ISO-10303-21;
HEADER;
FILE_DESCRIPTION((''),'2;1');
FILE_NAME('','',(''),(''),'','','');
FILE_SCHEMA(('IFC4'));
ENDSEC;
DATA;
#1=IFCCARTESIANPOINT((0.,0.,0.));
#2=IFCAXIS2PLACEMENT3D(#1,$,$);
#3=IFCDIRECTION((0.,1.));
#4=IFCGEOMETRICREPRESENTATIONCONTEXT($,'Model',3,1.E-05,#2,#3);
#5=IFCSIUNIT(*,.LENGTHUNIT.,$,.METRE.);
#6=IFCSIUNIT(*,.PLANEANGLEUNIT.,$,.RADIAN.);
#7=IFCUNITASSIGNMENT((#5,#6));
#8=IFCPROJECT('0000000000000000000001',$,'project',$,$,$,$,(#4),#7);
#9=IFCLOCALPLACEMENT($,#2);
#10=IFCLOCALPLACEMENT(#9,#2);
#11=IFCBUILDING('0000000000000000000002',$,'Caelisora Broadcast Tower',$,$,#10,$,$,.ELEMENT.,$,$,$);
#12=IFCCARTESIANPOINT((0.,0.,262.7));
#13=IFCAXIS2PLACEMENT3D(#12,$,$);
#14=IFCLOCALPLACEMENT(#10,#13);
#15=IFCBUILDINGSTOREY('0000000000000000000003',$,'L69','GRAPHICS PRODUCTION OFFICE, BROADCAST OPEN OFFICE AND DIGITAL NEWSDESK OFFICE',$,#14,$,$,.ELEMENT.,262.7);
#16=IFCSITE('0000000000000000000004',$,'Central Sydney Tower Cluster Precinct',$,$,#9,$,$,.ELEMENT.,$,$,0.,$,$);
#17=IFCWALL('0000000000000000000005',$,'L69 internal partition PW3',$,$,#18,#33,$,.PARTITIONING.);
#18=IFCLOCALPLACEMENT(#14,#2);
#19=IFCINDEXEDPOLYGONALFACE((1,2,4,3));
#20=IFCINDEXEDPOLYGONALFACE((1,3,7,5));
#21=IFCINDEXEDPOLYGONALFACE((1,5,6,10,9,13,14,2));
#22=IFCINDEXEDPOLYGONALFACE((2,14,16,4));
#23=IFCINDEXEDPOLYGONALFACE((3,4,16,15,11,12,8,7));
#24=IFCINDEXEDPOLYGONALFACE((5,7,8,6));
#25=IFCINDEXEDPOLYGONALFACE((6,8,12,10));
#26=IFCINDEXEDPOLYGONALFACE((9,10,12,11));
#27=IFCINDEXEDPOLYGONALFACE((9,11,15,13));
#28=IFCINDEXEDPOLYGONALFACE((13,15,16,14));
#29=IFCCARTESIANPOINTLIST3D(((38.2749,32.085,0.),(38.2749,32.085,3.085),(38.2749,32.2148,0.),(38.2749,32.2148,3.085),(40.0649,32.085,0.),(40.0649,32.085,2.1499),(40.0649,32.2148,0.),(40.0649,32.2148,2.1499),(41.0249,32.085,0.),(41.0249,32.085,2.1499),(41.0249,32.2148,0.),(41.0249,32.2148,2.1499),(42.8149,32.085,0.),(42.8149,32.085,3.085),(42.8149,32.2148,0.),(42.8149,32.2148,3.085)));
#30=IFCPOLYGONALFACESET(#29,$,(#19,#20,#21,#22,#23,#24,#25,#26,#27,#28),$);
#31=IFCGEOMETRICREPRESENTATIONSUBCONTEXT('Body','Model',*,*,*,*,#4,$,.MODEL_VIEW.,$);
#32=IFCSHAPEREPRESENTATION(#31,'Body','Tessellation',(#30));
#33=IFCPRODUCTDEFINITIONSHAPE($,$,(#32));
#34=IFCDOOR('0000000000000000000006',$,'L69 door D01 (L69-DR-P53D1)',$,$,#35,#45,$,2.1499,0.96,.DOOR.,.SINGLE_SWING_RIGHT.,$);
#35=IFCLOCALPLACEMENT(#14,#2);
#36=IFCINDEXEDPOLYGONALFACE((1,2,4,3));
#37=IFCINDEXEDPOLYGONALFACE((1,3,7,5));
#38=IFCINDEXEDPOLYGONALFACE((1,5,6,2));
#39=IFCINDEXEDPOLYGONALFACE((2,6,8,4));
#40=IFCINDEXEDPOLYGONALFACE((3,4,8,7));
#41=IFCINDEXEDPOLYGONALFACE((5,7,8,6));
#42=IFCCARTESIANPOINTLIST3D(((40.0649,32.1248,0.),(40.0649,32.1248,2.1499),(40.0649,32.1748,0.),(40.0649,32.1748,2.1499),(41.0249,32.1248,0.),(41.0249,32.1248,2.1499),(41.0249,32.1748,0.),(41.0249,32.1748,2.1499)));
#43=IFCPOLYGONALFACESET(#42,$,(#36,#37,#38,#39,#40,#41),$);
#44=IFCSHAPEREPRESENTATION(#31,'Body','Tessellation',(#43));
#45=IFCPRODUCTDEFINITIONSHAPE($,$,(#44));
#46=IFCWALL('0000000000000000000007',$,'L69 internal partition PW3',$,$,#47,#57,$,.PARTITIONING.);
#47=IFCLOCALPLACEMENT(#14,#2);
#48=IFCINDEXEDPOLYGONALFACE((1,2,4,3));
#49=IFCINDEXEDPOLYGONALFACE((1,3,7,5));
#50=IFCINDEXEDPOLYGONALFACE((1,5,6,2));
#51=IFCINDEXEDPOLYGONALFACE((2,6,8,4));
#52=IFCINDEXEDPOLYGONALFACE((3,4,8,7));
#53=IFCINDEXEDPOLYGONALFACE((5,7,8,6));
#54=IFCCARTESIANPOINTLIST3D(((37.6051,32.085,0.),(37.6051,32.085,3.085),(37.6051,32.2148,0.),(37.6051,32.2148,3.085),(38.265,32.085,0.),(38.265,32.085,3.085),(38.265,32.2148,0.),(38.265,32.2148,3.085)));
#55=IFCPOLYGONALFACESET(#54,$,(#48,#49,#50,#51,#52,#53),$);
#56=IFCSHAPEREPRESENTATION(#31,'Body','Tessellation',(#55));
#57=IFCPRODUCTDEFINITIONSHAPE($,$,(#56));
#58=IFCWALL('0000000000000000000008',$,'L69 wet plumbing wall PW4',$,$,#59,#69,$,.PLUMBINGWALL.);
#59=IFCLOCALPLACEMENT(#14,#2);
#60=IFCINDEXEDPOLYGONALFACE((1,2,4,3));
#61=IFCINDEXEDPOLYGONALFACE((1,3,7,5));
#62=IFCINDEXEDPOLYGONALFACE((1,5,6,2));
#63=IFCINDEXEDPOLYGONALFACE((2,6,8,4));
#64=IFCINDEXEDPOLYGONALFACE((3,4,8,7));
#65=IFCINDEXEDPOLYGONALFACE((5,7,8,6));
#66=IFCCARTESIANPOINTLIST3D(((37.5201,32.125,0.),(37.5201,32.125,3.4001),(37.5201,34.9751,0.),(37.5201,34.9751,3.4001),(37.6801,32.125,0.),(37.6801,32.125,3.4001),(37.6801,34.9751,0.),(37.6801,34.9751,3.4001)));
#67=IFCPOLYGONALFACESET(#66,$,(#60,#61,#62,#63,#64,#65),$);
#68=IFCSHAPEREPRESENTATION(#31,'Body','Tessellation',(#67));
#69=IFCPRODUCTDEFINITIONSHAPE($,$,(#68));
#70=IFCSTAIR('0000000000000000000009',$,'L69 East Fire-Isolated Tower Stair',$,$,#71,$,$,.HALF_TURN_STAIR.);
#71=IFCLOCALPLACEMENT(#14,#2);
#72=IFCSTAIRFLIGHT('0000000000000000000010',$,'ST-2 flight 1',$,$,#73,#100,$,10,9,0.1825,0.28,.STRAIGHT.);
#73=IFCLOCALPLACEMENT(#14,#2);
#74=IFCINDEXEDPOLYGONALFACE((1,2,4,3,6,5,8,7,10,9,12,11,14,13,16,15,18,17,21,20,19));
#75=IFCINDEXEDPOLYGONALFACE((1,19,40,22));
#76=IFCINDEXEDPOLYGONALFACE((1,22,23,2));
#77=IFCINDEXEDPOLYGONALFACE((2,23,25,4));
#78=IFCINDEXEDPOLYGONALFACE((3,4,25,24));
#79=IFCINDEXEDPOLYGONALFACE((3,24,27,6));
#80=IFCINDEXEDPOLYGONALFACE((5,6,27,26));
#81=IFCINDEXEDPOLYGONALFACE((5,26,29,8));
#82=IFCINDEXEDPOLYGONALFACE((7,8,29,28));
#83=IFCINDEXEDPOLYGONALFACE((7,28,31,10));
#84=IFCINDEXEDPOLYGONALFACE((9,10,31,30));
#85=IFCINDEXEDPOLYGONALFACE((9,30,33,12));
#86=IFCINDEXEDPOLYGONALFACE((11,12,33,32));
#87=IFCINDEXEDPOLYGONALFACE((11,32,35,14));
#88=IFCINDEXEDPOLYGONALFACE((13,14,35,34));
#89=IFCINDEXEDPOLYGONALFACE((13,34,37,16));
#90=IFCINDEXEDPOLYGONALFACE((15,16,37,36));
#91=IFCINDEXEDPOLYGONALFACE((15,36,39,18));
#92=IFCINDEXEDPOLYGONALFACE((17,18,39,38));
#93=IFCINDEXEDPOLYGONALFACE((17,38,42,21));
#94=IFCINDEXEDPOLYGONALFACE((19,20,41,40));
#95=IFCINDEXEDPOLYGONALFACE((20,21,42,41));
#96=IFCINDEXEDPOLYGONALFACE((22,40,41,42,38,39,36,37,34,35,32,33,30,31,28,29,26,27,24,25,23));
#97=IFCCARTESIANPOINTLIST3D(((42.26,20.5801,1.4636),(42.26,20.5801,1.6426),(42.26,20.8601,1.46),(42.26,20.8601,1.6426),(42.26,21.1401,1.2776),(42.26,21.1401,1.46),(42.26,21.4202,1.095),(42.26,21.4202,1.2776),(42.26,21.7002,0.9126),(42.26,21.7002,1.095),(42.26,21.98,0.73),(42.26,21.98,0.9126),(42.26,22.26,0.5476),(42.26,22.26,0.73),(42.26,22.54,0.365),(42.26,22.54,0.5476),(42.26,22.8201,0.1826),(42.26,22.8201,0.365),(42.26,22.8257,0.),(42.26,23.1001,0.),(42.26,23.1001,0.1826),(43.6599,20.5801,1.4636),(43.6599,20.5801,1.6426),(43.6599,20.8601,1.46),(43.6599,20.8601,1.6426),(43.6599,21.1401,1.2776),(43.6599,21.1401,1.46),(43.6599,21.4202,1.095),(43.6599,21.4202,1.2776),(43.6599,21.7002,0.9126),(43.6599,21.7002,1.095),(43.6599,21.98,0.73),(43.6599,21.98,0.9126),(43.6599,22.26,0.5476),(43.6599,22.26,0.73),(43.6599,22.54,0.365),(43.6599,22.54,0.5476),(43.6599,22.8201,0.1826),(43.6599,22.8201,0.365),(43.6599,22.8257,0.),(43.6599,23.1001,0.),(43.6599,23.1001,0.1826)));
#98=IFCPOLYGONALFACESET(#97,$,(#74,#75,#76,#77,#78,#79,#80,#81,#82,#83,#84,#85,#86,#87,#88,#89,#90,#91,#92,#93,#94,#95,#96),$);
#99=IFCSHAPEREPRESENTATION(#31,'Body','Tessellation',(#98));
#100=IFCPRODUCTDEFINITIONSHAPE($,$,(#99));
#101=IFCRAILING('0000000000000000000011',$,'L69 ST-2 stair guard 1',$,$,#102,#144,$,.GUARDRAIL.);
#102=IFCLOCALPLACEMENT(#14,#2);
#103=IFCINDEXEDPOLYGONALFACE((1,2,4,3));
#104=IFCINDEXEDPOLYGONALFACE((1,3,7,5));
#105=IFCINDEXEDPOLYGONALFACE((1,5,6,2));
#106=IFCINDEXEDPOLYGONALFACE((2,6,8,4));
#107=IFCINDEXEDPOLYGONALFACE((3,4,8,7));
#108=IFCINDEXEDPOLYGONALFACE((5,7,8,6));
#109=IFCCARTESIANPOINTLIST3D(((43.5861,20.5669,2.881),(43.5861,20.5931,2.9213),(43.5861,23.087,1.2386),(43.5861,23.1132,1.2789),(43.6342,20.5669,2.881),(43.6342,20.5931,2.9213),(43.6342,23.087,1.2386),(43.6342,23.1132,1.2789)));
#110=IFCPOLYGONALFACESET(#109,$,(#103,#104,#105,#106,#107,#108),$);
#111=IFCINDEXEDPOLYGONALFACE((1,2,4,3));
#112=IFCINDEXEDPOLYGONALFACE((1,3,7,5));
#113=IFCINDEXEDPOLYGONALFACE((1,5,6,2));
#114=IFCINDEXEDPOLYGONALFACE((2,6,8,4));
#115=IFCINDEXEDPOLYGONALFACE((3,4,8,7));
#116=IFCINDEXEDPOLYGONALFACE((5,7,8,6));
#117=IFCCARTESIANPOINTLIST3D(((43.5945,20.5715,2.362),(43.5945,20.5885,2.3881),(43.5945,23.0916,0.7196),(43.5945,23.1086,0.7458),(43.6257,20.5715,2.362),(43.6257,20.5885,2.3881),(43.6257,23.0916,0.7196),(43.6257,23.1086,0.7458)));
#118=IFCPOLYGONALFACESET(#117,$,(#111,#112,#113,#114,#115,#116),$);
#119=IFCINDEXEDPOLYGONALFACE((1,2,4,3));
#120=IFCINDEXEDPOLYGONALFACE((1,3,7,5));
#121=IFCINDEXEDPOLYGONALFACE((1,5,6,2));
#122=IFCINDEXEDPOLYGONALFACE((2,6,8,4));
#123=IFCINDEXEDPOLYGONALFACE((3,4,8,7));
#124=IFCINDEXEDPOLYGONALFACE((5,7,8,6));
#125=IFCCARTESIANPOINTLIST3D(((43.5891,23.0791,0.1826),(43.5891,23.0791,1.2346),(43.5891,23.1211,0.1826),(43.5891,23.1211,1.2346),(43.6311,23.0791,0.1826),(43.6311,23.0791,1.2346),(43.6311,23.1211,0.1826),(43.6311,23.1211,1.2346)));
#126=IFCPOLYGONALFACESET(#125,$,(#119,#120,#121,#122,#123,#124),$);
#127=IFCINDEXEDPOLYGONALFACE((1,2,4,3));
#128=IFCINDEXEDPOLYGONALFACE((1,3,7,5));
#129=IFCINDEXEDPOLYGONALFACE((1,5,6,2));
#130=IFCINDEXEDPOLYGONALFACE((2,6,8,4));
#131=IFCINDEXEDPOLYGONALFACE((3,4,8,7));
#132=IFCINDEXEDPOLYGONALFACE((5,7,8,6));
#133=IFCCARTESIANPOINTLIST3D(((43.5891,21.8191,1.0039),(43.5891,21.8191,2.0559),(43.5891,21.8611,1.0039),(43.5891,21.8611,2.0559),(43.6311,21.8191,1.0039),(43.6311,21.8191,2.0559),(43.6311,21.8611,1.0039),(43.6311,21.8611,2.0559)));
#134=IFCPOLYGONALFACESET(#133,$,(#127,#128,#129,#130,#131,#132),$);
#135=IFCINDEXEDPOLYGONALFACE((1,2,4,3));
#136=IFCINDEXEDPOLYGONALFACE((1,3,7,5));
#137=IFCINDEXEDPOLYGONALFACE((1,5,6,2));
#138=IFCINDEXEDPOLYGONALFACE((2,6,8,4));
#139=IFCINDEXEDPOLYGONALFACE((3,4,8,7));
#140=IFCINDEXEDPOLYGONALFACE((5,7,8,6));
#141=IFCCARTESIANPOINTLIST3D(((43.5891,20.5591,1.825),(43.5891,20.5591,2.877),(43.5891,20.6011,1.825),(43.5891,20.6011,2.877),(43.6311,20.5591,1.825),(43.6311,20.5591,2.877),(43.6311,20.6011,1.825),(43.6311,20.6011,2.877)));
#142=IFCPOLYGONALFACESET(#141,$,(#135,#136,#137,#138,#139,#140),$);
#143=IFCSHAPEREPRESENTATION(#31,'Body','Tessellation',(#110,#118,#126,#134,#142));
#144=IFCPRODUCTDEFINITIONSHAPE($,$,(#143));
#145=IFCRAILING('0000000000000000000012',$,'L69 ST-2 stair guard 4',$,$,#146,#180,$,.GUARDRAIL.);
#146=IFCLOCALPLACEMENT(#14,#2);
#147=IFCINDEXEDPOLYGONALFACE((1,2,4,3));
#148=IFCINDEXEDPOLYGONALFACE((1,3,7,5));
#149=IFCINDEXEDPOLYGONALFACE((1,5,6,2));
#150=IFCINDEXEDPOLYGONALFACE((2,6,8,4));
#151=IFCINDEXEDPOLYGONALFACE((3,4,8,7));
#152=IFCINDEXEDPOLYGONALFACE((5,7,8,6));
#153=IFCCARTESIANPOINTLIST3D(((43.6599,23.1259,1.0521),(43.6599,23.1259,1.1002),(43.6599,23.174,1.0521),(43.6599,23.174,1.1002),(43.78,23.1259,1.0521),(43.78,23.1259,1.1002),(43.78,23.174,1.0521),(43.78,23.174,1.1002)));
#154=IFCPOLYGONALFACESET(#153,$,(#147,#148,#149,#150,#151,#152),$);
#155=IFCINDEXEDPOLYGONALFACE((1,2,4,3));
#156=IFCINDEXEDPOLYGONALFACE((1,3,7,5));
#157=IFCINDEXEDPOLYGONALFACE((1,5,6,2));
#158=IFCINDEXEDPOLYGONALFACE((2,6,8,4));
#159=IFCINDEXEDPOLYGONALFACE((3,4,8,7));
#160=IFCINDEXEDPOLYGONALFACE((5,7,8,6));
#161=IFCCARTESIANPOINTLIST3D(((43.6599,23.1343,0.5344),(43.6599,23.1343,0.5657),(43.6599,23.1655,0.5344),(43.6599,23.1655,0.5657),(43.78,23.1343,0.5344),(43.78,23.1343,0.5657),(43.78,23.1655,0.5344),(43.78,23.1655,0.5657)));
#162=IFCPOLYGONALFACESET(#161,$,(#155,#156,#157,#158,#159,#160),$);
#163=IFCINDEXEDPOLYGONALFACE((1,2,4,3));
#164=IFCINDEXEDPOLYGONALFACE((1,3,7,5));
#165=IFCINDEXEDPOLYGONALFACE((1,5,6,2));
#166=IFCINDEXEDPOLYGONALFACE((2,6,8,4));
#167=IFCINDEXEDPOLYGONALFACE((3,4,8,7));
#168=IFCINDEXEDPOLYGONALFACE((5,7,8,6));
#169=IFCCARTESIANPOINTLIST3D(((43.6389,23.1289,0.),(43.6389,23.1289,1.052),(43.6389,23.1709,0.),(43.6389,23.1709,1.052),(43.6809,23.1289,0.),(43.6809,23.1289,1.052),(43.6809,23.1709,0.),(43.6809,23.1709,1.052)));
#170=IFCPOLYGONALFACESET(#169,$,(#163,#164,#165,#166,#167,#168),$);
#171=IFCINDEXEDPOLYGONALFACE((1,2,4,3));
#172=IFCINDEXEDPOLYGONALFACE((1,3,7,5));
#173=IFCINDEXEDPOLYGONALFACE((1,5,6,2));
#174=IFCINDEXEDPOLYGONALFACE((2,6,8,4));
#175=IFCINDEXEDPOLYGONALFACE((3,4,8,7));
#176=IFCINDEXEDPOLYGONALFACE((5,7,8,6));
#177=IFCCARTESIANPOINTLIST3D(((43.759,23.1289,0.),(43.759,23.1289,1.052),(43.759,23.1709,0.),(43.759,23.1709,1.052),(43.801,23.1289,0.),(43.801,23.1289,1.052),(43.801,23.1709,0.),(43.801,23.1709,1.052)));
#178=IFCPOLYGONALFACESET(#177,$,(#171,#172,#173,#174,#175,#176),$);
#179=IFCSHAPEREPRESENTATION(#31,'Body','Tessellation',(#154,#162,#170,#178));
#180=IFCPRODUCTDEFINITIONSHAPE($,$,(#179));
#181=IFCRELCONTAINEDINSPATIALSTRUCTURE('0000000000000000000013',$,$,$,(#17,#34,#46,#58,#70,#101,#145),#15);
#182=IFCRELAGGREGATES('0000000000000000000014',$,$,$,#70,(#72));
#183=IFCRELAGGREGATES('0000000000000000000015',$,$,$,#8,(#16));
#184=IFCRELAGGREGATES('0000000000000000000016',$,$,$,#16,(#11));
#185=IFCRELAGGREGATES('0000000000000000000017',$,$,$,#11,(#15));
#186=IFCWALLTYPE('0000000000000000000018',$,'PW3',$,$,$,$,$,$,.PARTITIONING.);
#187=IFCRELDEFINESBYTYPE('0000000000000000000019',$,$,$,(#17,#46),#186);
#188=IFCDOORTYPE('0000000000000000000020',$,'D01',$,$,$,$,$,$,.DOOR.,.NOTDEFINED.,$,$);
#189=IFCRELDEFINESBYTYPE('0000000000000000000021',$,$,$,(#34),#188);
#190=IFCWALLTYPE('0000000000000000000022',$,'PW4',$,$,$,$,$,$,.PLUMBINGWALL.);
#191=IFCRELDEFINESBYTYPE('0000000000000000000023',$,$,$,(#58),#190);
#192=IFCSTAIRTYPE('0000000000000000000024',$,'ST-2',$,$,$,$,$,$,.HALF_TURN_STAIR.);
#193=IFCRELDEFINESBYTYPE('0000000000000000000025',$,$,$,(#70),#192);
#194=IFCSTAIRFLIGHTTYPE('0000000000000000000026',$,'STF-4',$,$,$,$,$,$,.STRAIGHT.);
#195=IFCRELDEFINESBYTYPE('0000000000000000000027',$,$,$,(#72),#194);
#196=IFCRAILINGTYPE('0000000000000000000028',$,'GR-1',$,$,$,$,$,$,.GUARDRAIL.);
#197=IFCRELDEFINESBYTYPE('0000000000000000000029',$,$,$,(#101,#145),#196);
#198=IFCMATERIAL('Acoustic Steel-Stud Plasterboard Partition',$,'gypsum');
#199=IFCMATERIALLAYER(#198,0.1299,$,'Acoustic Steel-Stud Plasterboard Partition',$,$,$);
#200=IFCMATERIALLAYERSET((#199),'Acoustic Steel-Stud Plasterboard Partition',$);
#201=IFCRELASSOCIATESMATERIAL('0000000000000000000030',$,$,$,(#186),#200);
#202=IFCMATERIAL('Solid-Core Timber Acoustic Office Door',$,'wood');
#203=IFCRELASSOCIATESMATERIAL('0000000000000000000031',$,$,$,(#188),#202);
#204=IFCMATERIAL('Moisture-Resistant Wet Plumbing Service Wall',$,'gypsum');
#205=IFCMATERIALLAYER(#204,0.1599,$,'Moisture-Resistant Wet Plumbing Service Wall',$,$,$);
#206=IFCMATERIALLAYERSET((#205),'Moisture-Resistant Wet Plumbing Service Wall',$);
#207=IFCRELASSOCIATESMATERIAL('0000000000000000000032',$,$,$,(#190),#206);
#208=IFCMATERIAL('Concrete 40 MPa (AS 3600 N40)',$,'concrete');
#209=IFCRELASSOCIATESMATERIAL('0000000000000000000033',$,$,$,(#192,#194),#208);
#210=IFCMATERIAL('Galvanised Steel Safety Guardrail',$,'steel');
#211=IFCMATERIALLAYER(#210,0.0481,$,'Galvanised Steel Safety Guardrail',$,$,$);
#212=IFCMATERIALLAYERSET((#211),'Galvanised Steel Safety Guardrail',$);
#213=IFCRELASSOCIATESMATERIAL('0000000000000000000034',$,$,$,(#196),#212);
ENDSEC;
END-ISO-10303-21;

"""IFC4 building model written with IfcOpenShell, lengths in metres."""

from ifc_helpers import new_model, si_unit, direction, frame, frame_2d, origin, origin_2d, place, context, subcontext, project, spatial, polyline, rectangle, outline, extrude, material, layer, layer_set, type_object, element, fill, aggregate, save


model = new_model("IFC4")

# Units and contexts
model_context = context("Model", 3, precision=1e-05, world=origin(), true_north=direction((0.0, 1.0)))
body_context = subcontext(model_context, "Body", "Model", "MODEL_VIEW")
ifc_project = project(units=[si_unit("LENGTHUNIT", "METRE"), si_unit("PLANEANGLEUNIT", "RADIAN")], contexts=[model_context])

# Site, building, storey
site_placement = place(None, origin())
site = spatial("IfcSite", under=ifc_project, at=site_placement, Name="Central Sydney Tower Cluster Precinct", CompositionType="ELEMENT", RefElevation=0.0)
building_placement = place(site_placement, origin())
building = spatial("IfcBuilding", under=site, at=building_placement, Name="Caelisora Broadcast Tower", CompositionType="ELEMENT")
storey_placement = place(building_placement, frame((0.0, 0.0, 262.7)))
storey = spatial("IfcBuildingStorey", under=building, at=storey_placement, Name="L69", Description="GRAPHICS PRODUCTION OFFICE, BROADCAST OPEN OFFICE AND DIGITAL NEWSDESK OFFICE", CompositionType="ELEMENT", Elevation=262.7)

# Shared definitions
ifc_material_1 = material(Name="Concrete 40 MPa (AS 3600 N40)", Category="concrete")

# Wall, opening, door
ifc_material_2 = material(Name="Acoustic Steel-Stud Plasterboard Partition", Category="gypsum")
ifc_layer_1 = layer(ifc_material_2, 0.1299, Name="Acoustic Steel-Stud Plasterboard Partition")
ifc_layer_set_1 = layer_set([ifc_layer_1], Name="Acoustic Steel-Stud Plasterboard Partition")
wall_type_1 = type_object("IfcWallType", Name="PW3", PredefinedType="PARTITIONING", material=ifc_layer_set_1)
wall_1_placement = place(storey_placement, frame((38.2749, 32.1499, 0.0), z_axis=(0.0, 0.0, 1.0), x_axis=(1.0, 0.0, 0.0)))
wall_1 = element("IfcWall", 1, at=wall_1_placement, inside=storey, type_object=wall_type_1, Name="L69 internal partition PW3", PredefinedType="PARTITIONING", context=body_context, shape_type="SweptSolid", body=[
    extrude(rectangle(XDim=4.54, YDim=0.1299, at=frame_2d((2.27, 0.0))), origin(), (0.0, 0.0, 1.0), 3.085),
])
opening_1_placement = place(wall_1_placement, frame((1.79, 0.0, 0.0)))
opening_1 = element("IfcOpeningElement", 2, at=opening_1_placement, cuts=wall_1, PredefinedType="OPENING", context=body_context, shape_type="SweptSolid", body=[
    extrude(rectangle(XDim=0.96, YDim=2.1499, at=frame_2d((0.48, 1.075))), frame((0.0, 0.0769, 0.0), z_axis=(0.0, -1.0, 0.0), x_axis=(1.0, 0.0, 0.0)), (0.0, 0.0, 1.0), 0.1538),
])
ifc_material_3 = material(Name="Solid-Core Timber Acoustic Office Door", Category="wood")
door_type_1 = type_object("IfcDoorType", Name="D01", OperationType="NOTDEFINED", PredefinedType="DOOR", material=ifc_material_3)
door_1_placement = place(opening_1_placement, origin())
door_1 = element("IfcDoor", 3, at=door_1_placement, inside=storey, type_object=door_type_1, Name="L69 door D01 (L69-DR-P53D1)", OperationType="SINGLE_SWING_RIGHT", OverallHeight=2.1499, OverallWidth=0.96, PredefinedType="DOOR", context=body_context, shape_type="SweptSolid", body=[
    extrude(rectangle(XDim=0.96, YDim=2.1499, at=frame_2d((0.48, 1.075))), frame((0.0, 0.0249, 0.0), z_axis=(0.0, -1.0, 0.0), x_axis=(1.0, 0.0, 0.0)), (0.0, 0.0, 1.0), 0.05),
])
fill(opening_1, door_1)

# Walls
wall_2_placement = place(storey_placement, frame((37.605, 32.1499, 0.0), z_axis=(0.0, 0.0, 1.0), x_axis=(1.0, 0.0, 0.0)))
element("IfcWall", 4, at=wall_2_placement, inside=storey, type_object=wall_type_1, Name="L69 internal partition PW3", PredefinedType="PARTITIONING", context=body_context, shape_type="SweptSolid", body=[
    extrude(rectangle(XDim=0.6599, YDim=0.1299, at=frame_2d((0.3301, 0.0))), origin(), (0.0, 0.0, 1.0), 3.085),
])
ifc_material_4 = material(Name="Moisture-Resistant Wet Plumbing Service Wall", Category="gypsum")
ifc_layer_2 = layer(ifc_material_4, 0.1599, Name="Moisture-Resistant Wet Plumbing Service Wall")
ifc_layer_set_2 = layer_set([ifc_layer_2], Name="Moisture-Resistant Wet Plumbing Service Wall")
wall_type_2 = type_object("IfcWallType", Name="PW4", PredefinedType="PLUMBINGWALL", material=ifc_layer_set_2)
wall_3_placement = place(storey_placement, frame((37.6001, 32.125, 0.0), z_axis=(0.0, 0.0, 1.0), x_axis=(0.0, 1.0, 0.0)))
element("IfcWall", 5, at=wall_3_placement, inside=storey, type_object=wall_type_2, Name="L69 wet plumbing wall PW4", PredefinedType="PLUMBINGWALL", context=body_context, shape_type="SweptSolid", body=[
    extrude(rectangle(XDim=2.8501, YDim=0.1599, at=frame_2d((1.425, 0.0))), origin(), (0.0, 0.0, 1.0), 3.4001),
])

# Stair, stair flight
stair_type = type_object("IfcStairType", Name="ST-2", PredefinedType="HALF_TURN_STAIR", material=ifc_material_1)
stair_placement = place(storey_placement, origin())
stair = element("IfcStair", 6, at=stair_placement, inside=storey, type_object=stair_type, Name="L69 East Fire-Isolated Tower Stair", PredefinedType="HALF_TURN_STAIR")
stair_flight_type = type_object("IfcStairFlightType", Name="STF-4", PredefinedType="STRAIGHT", material=ifc_material_1)
stair_flight_placement = place(storey_placement, frame((42.96, 23.1001, 0.0), z_axis=(0.0, 0.0, 1.0), x_axis=(0.0, -1.0, 0.0)))
stair_flight = element("IfcStairFlight", 7, at=stair_flight_placement, type_object=stair_flight_type, Name="ST-2 flight 1", NumberOfRisers=10, NumberOfTreads=9, PredefinedType="STRAIGHT", RiserHeight=0.1825, TreadLength=0.28, context=body_context, shape_type="SweptSolid", body=[
    extrude(outline(polyline([(0.0, 0.0), (0.0, 0.1826), (0.28, 0.1826), (0.28, 0.365), (0.5601, 0.365), (0.5601, 0.5476), (0.8401, 0.5476), (0.8401, 0.73), (1.1201, 0.73), (1.1201, 0.9126), (1.3999, 0.9126), (1.3999, 1.095), (1.6799, 1.095), (1.6799, 1.2776), (1.96, 1.2776), (1.96, 1.46), (2.24, 1.46), (2.24, 1.6426), (2.52, 1.6426), (2.52, 1.825), (2.52, 1.4636), (0.2744, 0.0), (0.0, 0.0)])), frame((0.0, 0.7, 0.0), z_axis=(0.0, -1.0, 0.0), x_axis=(1.0, 0.0, 0.0)), (0.0, 0.0, 1.0), 1.3999),
])
aggregate(stair, [stair_flight])

# Railings
ifc_material_5 = material(Name="Galvanised Steel Safety Guardrail", Category="steel")
ifc_layer_3 = layer(ifc_material_5, 0.0481, Name="Galvanised Steel Safety Guardrail")
ifc_layer_set_3 = layer_set([ifc_layer_3], Name="Galvanised Steel Safety Guardrail")
railing_type = type_object("IfcRailingType", Name="GR-1", PredefinedType="GUARDRAIL", material=ifc_layer_set_3)
railing_1_placement = place(storey_placement, frame((43.6101, 23.1001, 0.1826)))
element("IfcRailing", 8, at=railing_1_placement, inside=storey, type_object=railing_type, Name="L69 ST-2 stair guard 1", PredefinedType="GUARDRAIL", context=body_context, shape_type="SweptSolid", body=[
    extrude(rectangle(XDim=0.0481, YDim=0.0481, at=origin_2d()), frame((0.0, 0.0, 1.0762), z_axis=(0.0, -0.837787, 0.545998), x_axis=(1.0, 0.0, 0.0)), (0.0, 0.0, 1.0), 3.0081),
    extrude(rectangle(XDim=0.0312, YDim=0.0312, at=origin_2d()), frame((0.0, 0.0, 0.55), z_axis=(0.0, -0.837787, 0.545998), x_axis=(1.0, 0.0, 0.0)), (0.0, 0.0, 1.0), 3.0081),
    extrude(rectangle(XDim=0.042, YDim=0.042, at=origin_2d()), origin(), (0.0, 0.0, 1.0), 1.052),
    extrude(rectangle(XDim=0.042, YDim=0.042, at=origin_2d()), frame((0.0, -1.26, 0.8213)), (0.0, 0.0, 1.0), 1.052),
    extrude(rectangle(XDim=0.042, YDim=0.042, at=origin_2d()), frame((0.0, -2.52, 1.6423)), (0.0, 0.0, 1.0), 1.052),
])
railing_2_placement = place(storey_placement, frame((43.6599, 23.1499, 0.0)))
element("IfcRailing", 9, at=railing_2_placement, inside=storey, type_object=railing_type, Name="L69 ST-2 stair guard 4", PredefinedType="GUARDRAIL", context=body_context, shape_type="SweptSolid", body=[
    extrude(rectangle(XDim=0.0481, YDim=0.0481, at=origin_2d()), frame((0.0, 0.0, 1.0762), z_axis=(1.0, 0.0, 0.0), x_axis=(0.0, 1.0, 0.0)), (0.0, 0.0, 1.0), 0.1201),
    extrude(rectangle(XDim=0.0312, YDim=0.0312, at=origin_2d()), frame((0.0, 0.0, 0.55), z_axis=(1.0, 0.0, 0.0), x_axis=(0.0, 1.0, 0.0)), (0.0, 0.0, 1.0), 0.1201),
    extrude(rectangle(XDim=0.042, YDim=0.042, at=origin_2d()), origin(), (0.0, 0.0, 1.0), 1.052),
    extrude(rectangle(XDim=0.042, YDim=0.042, at=origin_2d()), frame((0.1201, 0.0, 0.0)), (0.0, 0.0, 1.0), 1.052),
])

save(model, "model.ifc")
